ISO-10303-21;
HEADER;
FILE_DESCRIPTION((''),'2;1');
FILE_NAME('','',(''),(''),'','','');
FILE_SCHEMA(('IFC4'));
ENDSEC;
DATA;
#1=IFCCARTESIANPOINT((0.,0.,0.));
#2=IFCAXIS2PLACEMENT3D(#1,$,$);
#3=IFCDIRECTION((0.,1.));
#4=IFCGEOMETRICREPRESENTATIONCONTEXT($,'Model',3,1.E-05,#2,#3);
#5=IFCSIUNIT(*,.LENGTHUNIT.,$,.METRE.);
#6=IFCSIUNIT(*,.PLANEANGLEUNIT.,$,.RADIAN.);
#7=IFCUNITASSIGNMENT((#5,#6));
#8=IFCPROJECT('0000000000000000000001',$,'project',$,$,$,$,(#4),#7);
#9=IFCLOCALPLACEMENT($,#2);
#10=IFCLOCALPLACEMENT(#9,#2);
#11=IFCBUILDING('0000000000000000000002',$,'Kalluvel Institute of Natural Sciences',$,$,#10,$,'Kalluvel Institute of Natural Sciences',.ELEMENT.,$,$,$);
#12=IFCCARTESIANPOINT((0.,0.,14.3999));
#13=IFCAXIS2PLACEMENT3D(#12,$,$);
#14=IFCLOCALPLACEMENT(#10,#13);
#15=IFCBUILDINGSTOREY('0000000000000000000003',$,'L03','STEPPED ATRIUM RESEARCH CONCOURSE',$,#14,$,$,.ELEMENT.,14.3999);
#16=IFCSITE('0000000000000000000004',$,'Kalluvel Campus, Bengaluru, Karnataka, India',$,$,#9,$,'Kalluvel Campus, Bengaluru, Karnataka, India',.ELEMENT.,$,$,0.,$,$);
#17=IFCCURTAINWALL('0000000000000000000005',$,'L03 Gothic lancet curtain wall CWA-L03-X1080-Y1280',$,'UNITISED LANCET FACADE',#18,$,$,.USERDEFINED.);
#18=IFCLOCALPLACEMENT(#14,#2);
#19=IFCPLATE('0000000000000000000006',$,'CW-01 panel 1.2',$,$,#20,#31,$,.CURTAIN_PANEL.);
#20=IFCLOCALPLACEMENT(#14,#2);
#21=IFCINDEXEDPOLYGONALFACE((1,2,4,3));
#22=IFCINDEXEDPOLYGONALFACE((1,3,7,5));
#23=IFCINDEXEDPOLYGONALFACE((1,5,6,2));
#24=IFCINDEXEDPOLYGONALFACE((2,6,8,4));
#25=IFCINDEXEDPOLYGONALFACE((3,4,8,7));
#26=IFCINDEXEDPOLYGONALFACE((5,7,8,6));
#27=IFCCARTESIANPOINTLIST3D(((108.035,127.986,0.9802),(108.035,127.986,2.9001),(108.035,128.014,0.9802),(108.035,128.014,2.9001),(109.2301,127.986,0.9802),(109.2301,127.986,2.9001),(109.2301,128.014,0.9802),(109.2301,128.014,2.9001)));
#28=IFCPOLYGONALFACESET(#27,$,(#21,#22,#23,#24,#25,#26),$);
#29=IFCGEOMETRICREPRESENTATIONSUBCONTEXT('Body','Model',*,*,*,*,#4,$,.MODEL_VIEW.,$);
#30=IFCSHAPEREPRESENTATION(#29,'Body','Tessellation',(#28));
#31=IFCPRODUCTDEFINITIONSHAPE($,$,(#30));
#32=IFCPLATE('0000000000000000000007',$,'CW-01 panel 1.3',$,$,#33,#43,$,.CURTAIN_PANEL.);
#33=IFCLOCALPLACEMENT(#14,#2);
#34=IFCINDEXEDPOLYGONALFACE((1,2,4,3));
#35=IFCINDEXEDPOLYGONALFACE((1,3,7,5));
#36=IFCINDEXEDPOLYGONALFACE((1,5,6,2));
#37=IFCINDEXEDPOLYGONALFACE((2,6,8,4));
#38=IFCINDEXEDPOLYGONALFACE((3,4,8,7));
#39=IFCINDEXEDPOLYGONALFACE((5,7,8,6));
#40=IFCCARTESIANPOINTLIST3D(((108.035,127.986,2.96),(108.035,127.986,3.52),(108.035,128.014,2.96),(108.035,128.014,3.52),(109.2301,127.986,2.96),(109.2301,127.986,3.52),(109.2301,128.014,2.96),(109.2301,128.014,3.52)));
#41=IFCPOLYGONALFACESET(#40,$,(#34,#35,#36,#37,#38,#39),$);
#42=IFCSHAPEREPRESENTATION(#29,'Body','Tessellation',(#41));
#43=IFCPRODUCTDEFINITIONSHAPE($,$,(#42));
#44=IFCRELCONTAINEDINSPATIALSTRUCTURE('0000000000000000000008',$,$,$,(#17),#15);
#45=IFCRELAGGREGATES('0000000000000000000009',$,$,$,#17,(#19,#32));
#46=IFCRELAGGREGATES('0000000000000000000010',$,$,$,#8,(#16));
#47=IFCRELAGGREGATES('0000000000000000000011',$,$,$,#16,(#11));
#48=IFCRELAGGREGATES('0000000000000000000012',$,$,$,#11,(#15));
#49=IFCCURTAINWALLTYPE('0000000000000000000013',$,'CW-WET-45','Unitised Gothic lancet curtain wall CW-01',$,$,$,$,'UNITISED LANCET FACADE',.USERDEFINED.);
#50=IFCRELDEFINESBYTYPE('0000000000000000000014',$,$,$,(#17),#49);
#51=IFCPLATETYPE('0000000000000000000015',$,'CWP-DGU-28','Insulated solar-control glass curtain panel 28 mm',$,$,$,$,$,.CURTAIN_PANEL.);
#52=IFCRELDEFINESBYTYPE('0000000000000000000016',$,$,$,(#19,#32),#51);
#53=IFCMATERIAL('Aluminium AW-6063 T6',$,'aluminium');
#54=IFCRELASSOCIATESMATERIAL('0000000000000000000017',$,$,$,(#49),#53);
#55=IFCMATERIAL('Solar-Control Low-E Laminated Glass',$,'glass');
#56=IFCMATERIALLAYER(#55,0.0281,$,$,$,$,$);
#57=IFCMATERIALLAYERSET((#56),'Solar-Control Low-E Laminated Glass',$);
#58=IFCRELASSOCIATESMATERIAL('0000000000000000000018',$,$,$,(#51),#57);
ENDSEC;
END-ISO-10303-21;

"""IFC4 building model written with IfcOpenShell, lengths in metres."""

from ifc_helpers import new_model, si_unit, direction, frame, origin, origin_2d, place, context, subcontext, project, spatial, rectangle, extrude, material, layer, layer_set, type_object, element, aggregate, save


model = new_model("IFC4")

# Units and contexts
model_context = context("Model", 3, precision=1e-05, world=origin(), true_north=direction((0.0, 1.0)))
body_context = subcontext(model_context, "Body", "Model", "MODEL_VIEW")
ifc_project = project(units=[si_unit("LENGTHUNIT", "METRE"), si_unit("PLANEANGLEUNIT", "RADIAN")], contexts=[model_context])

# Site, building, storey
site_placement = place(None, origin())
site = spatial("IfcSite", under=ifc_project, at=site_placement, Name="Kalluvel Campus, Bengaluru, Karnataka, India", LongName="Kalluvel Campus, Bengaluru, Karnataka, India", CompositionType="ELEMENT", RefElevation=0.0)
building_placement = place(site_placement, origin())
building = spatial("IfcBuilding", under=site, at=building_placement, Name="Kalluvel Institute of Natural Sciences", LongName="Kalluvel Institute of Natural Sciences", CompositionType="ELEMENT")
storey_placement = place(building_placement, frame((0.0, 0.0, 14.3999)))
storey = spatial("IfcBuildingStorey", under=building, at=storey_placement, Name="L03", Description="STEPPED ATRIUM RESEARCH CONCOURSE", CompositionType="ELEMENT", Elevation=14.3999)

# Shared definitions
ifc_material_1 = material(Name="Aluminium AW-6063 T6", Category="aluminium")
curtain_wall_type = type_object("IfcCurtainWallType", Name="CW-WET-45", Description="Unitised Gothic lancet curtain wall CW-01", ElementType="UNITISED LANCET FACADE", PredefinedType="USERDEFINED", material=ifc_material_1)

# Curtain wall
curtain_wall_1_placement = place(storey_placement, origin())
curtain_wall_1 = element("IfcCurtainWall", 1, at=curtain_wall_1_placement, inside=storey, type_object=curtain_wall_type, Name="L03 Gothic lancet curtain wall CWA-L03-X1080-Y1280", ObjectType="UNITISED LANCET FACADE", PredefinedType="USERDEFINED")

# Plates
ifc_material_2 = material(Name="Solar-Control Low-E Laminated Glass", Category="glass")
ifc_layer = layer(ifc_material_2, 0.0281)
ifc_layer_set = layer_set([ifc_layer], Name="Solar-Control Low-E Laminated Glass")
plate_type = type_object("IfcPlateType", Name="CWP-DGU-28", Description="Insulated solar-control glass curtain panel 28 mm", PredefinedType="CURTAIN_PANEL", material=ifc_layer_set)
plate_1_placement = place(storey_placement, frame((108.6326, 128.0, 0.9802), z_axis=(0.0, 0.0, 1.0), x_axis=(1.0, 0.0, 0.0)))
plate_1 = element("IfcPlate", 2, at=plate_1_placement, type_object=plate_type, Name="CW-01 panel 1.2", PredefinedType="CURTAIN_PANEL", context=body_context, shape_type="SweptSolid", body=[
    extrude(rectangle(XDim=1.1951, YDim=0.0281, at=origin_2d()), origin(), (0.0, 0.0, 1.0), 1.9199),
])
plate_2_placement = place(storey_placement, frame((108.6326, 128.0, 2.96), z_axis=(0.0, 0.0, 1.0), x_axis=(1.0, 0.0, 0.0)))
plate_2 = element("IfcPlate", 3, at=plate_2_placement, type_object=plate_type, Name="CW-01 panel 1.3", PredefinedType="CURTAIN_PANEL", context=body_context, shape_type="SweptSolid", body=[
    extrude(rectangle(XDim=1.1951, YDim=0.0281, at=origin_2d()), origin(), (0.0, 0.0, 1.0), 0.5601),
])
aggregate(curtain_wall_1, [plate_1, plate_2])

save(model, "model.ifc")
